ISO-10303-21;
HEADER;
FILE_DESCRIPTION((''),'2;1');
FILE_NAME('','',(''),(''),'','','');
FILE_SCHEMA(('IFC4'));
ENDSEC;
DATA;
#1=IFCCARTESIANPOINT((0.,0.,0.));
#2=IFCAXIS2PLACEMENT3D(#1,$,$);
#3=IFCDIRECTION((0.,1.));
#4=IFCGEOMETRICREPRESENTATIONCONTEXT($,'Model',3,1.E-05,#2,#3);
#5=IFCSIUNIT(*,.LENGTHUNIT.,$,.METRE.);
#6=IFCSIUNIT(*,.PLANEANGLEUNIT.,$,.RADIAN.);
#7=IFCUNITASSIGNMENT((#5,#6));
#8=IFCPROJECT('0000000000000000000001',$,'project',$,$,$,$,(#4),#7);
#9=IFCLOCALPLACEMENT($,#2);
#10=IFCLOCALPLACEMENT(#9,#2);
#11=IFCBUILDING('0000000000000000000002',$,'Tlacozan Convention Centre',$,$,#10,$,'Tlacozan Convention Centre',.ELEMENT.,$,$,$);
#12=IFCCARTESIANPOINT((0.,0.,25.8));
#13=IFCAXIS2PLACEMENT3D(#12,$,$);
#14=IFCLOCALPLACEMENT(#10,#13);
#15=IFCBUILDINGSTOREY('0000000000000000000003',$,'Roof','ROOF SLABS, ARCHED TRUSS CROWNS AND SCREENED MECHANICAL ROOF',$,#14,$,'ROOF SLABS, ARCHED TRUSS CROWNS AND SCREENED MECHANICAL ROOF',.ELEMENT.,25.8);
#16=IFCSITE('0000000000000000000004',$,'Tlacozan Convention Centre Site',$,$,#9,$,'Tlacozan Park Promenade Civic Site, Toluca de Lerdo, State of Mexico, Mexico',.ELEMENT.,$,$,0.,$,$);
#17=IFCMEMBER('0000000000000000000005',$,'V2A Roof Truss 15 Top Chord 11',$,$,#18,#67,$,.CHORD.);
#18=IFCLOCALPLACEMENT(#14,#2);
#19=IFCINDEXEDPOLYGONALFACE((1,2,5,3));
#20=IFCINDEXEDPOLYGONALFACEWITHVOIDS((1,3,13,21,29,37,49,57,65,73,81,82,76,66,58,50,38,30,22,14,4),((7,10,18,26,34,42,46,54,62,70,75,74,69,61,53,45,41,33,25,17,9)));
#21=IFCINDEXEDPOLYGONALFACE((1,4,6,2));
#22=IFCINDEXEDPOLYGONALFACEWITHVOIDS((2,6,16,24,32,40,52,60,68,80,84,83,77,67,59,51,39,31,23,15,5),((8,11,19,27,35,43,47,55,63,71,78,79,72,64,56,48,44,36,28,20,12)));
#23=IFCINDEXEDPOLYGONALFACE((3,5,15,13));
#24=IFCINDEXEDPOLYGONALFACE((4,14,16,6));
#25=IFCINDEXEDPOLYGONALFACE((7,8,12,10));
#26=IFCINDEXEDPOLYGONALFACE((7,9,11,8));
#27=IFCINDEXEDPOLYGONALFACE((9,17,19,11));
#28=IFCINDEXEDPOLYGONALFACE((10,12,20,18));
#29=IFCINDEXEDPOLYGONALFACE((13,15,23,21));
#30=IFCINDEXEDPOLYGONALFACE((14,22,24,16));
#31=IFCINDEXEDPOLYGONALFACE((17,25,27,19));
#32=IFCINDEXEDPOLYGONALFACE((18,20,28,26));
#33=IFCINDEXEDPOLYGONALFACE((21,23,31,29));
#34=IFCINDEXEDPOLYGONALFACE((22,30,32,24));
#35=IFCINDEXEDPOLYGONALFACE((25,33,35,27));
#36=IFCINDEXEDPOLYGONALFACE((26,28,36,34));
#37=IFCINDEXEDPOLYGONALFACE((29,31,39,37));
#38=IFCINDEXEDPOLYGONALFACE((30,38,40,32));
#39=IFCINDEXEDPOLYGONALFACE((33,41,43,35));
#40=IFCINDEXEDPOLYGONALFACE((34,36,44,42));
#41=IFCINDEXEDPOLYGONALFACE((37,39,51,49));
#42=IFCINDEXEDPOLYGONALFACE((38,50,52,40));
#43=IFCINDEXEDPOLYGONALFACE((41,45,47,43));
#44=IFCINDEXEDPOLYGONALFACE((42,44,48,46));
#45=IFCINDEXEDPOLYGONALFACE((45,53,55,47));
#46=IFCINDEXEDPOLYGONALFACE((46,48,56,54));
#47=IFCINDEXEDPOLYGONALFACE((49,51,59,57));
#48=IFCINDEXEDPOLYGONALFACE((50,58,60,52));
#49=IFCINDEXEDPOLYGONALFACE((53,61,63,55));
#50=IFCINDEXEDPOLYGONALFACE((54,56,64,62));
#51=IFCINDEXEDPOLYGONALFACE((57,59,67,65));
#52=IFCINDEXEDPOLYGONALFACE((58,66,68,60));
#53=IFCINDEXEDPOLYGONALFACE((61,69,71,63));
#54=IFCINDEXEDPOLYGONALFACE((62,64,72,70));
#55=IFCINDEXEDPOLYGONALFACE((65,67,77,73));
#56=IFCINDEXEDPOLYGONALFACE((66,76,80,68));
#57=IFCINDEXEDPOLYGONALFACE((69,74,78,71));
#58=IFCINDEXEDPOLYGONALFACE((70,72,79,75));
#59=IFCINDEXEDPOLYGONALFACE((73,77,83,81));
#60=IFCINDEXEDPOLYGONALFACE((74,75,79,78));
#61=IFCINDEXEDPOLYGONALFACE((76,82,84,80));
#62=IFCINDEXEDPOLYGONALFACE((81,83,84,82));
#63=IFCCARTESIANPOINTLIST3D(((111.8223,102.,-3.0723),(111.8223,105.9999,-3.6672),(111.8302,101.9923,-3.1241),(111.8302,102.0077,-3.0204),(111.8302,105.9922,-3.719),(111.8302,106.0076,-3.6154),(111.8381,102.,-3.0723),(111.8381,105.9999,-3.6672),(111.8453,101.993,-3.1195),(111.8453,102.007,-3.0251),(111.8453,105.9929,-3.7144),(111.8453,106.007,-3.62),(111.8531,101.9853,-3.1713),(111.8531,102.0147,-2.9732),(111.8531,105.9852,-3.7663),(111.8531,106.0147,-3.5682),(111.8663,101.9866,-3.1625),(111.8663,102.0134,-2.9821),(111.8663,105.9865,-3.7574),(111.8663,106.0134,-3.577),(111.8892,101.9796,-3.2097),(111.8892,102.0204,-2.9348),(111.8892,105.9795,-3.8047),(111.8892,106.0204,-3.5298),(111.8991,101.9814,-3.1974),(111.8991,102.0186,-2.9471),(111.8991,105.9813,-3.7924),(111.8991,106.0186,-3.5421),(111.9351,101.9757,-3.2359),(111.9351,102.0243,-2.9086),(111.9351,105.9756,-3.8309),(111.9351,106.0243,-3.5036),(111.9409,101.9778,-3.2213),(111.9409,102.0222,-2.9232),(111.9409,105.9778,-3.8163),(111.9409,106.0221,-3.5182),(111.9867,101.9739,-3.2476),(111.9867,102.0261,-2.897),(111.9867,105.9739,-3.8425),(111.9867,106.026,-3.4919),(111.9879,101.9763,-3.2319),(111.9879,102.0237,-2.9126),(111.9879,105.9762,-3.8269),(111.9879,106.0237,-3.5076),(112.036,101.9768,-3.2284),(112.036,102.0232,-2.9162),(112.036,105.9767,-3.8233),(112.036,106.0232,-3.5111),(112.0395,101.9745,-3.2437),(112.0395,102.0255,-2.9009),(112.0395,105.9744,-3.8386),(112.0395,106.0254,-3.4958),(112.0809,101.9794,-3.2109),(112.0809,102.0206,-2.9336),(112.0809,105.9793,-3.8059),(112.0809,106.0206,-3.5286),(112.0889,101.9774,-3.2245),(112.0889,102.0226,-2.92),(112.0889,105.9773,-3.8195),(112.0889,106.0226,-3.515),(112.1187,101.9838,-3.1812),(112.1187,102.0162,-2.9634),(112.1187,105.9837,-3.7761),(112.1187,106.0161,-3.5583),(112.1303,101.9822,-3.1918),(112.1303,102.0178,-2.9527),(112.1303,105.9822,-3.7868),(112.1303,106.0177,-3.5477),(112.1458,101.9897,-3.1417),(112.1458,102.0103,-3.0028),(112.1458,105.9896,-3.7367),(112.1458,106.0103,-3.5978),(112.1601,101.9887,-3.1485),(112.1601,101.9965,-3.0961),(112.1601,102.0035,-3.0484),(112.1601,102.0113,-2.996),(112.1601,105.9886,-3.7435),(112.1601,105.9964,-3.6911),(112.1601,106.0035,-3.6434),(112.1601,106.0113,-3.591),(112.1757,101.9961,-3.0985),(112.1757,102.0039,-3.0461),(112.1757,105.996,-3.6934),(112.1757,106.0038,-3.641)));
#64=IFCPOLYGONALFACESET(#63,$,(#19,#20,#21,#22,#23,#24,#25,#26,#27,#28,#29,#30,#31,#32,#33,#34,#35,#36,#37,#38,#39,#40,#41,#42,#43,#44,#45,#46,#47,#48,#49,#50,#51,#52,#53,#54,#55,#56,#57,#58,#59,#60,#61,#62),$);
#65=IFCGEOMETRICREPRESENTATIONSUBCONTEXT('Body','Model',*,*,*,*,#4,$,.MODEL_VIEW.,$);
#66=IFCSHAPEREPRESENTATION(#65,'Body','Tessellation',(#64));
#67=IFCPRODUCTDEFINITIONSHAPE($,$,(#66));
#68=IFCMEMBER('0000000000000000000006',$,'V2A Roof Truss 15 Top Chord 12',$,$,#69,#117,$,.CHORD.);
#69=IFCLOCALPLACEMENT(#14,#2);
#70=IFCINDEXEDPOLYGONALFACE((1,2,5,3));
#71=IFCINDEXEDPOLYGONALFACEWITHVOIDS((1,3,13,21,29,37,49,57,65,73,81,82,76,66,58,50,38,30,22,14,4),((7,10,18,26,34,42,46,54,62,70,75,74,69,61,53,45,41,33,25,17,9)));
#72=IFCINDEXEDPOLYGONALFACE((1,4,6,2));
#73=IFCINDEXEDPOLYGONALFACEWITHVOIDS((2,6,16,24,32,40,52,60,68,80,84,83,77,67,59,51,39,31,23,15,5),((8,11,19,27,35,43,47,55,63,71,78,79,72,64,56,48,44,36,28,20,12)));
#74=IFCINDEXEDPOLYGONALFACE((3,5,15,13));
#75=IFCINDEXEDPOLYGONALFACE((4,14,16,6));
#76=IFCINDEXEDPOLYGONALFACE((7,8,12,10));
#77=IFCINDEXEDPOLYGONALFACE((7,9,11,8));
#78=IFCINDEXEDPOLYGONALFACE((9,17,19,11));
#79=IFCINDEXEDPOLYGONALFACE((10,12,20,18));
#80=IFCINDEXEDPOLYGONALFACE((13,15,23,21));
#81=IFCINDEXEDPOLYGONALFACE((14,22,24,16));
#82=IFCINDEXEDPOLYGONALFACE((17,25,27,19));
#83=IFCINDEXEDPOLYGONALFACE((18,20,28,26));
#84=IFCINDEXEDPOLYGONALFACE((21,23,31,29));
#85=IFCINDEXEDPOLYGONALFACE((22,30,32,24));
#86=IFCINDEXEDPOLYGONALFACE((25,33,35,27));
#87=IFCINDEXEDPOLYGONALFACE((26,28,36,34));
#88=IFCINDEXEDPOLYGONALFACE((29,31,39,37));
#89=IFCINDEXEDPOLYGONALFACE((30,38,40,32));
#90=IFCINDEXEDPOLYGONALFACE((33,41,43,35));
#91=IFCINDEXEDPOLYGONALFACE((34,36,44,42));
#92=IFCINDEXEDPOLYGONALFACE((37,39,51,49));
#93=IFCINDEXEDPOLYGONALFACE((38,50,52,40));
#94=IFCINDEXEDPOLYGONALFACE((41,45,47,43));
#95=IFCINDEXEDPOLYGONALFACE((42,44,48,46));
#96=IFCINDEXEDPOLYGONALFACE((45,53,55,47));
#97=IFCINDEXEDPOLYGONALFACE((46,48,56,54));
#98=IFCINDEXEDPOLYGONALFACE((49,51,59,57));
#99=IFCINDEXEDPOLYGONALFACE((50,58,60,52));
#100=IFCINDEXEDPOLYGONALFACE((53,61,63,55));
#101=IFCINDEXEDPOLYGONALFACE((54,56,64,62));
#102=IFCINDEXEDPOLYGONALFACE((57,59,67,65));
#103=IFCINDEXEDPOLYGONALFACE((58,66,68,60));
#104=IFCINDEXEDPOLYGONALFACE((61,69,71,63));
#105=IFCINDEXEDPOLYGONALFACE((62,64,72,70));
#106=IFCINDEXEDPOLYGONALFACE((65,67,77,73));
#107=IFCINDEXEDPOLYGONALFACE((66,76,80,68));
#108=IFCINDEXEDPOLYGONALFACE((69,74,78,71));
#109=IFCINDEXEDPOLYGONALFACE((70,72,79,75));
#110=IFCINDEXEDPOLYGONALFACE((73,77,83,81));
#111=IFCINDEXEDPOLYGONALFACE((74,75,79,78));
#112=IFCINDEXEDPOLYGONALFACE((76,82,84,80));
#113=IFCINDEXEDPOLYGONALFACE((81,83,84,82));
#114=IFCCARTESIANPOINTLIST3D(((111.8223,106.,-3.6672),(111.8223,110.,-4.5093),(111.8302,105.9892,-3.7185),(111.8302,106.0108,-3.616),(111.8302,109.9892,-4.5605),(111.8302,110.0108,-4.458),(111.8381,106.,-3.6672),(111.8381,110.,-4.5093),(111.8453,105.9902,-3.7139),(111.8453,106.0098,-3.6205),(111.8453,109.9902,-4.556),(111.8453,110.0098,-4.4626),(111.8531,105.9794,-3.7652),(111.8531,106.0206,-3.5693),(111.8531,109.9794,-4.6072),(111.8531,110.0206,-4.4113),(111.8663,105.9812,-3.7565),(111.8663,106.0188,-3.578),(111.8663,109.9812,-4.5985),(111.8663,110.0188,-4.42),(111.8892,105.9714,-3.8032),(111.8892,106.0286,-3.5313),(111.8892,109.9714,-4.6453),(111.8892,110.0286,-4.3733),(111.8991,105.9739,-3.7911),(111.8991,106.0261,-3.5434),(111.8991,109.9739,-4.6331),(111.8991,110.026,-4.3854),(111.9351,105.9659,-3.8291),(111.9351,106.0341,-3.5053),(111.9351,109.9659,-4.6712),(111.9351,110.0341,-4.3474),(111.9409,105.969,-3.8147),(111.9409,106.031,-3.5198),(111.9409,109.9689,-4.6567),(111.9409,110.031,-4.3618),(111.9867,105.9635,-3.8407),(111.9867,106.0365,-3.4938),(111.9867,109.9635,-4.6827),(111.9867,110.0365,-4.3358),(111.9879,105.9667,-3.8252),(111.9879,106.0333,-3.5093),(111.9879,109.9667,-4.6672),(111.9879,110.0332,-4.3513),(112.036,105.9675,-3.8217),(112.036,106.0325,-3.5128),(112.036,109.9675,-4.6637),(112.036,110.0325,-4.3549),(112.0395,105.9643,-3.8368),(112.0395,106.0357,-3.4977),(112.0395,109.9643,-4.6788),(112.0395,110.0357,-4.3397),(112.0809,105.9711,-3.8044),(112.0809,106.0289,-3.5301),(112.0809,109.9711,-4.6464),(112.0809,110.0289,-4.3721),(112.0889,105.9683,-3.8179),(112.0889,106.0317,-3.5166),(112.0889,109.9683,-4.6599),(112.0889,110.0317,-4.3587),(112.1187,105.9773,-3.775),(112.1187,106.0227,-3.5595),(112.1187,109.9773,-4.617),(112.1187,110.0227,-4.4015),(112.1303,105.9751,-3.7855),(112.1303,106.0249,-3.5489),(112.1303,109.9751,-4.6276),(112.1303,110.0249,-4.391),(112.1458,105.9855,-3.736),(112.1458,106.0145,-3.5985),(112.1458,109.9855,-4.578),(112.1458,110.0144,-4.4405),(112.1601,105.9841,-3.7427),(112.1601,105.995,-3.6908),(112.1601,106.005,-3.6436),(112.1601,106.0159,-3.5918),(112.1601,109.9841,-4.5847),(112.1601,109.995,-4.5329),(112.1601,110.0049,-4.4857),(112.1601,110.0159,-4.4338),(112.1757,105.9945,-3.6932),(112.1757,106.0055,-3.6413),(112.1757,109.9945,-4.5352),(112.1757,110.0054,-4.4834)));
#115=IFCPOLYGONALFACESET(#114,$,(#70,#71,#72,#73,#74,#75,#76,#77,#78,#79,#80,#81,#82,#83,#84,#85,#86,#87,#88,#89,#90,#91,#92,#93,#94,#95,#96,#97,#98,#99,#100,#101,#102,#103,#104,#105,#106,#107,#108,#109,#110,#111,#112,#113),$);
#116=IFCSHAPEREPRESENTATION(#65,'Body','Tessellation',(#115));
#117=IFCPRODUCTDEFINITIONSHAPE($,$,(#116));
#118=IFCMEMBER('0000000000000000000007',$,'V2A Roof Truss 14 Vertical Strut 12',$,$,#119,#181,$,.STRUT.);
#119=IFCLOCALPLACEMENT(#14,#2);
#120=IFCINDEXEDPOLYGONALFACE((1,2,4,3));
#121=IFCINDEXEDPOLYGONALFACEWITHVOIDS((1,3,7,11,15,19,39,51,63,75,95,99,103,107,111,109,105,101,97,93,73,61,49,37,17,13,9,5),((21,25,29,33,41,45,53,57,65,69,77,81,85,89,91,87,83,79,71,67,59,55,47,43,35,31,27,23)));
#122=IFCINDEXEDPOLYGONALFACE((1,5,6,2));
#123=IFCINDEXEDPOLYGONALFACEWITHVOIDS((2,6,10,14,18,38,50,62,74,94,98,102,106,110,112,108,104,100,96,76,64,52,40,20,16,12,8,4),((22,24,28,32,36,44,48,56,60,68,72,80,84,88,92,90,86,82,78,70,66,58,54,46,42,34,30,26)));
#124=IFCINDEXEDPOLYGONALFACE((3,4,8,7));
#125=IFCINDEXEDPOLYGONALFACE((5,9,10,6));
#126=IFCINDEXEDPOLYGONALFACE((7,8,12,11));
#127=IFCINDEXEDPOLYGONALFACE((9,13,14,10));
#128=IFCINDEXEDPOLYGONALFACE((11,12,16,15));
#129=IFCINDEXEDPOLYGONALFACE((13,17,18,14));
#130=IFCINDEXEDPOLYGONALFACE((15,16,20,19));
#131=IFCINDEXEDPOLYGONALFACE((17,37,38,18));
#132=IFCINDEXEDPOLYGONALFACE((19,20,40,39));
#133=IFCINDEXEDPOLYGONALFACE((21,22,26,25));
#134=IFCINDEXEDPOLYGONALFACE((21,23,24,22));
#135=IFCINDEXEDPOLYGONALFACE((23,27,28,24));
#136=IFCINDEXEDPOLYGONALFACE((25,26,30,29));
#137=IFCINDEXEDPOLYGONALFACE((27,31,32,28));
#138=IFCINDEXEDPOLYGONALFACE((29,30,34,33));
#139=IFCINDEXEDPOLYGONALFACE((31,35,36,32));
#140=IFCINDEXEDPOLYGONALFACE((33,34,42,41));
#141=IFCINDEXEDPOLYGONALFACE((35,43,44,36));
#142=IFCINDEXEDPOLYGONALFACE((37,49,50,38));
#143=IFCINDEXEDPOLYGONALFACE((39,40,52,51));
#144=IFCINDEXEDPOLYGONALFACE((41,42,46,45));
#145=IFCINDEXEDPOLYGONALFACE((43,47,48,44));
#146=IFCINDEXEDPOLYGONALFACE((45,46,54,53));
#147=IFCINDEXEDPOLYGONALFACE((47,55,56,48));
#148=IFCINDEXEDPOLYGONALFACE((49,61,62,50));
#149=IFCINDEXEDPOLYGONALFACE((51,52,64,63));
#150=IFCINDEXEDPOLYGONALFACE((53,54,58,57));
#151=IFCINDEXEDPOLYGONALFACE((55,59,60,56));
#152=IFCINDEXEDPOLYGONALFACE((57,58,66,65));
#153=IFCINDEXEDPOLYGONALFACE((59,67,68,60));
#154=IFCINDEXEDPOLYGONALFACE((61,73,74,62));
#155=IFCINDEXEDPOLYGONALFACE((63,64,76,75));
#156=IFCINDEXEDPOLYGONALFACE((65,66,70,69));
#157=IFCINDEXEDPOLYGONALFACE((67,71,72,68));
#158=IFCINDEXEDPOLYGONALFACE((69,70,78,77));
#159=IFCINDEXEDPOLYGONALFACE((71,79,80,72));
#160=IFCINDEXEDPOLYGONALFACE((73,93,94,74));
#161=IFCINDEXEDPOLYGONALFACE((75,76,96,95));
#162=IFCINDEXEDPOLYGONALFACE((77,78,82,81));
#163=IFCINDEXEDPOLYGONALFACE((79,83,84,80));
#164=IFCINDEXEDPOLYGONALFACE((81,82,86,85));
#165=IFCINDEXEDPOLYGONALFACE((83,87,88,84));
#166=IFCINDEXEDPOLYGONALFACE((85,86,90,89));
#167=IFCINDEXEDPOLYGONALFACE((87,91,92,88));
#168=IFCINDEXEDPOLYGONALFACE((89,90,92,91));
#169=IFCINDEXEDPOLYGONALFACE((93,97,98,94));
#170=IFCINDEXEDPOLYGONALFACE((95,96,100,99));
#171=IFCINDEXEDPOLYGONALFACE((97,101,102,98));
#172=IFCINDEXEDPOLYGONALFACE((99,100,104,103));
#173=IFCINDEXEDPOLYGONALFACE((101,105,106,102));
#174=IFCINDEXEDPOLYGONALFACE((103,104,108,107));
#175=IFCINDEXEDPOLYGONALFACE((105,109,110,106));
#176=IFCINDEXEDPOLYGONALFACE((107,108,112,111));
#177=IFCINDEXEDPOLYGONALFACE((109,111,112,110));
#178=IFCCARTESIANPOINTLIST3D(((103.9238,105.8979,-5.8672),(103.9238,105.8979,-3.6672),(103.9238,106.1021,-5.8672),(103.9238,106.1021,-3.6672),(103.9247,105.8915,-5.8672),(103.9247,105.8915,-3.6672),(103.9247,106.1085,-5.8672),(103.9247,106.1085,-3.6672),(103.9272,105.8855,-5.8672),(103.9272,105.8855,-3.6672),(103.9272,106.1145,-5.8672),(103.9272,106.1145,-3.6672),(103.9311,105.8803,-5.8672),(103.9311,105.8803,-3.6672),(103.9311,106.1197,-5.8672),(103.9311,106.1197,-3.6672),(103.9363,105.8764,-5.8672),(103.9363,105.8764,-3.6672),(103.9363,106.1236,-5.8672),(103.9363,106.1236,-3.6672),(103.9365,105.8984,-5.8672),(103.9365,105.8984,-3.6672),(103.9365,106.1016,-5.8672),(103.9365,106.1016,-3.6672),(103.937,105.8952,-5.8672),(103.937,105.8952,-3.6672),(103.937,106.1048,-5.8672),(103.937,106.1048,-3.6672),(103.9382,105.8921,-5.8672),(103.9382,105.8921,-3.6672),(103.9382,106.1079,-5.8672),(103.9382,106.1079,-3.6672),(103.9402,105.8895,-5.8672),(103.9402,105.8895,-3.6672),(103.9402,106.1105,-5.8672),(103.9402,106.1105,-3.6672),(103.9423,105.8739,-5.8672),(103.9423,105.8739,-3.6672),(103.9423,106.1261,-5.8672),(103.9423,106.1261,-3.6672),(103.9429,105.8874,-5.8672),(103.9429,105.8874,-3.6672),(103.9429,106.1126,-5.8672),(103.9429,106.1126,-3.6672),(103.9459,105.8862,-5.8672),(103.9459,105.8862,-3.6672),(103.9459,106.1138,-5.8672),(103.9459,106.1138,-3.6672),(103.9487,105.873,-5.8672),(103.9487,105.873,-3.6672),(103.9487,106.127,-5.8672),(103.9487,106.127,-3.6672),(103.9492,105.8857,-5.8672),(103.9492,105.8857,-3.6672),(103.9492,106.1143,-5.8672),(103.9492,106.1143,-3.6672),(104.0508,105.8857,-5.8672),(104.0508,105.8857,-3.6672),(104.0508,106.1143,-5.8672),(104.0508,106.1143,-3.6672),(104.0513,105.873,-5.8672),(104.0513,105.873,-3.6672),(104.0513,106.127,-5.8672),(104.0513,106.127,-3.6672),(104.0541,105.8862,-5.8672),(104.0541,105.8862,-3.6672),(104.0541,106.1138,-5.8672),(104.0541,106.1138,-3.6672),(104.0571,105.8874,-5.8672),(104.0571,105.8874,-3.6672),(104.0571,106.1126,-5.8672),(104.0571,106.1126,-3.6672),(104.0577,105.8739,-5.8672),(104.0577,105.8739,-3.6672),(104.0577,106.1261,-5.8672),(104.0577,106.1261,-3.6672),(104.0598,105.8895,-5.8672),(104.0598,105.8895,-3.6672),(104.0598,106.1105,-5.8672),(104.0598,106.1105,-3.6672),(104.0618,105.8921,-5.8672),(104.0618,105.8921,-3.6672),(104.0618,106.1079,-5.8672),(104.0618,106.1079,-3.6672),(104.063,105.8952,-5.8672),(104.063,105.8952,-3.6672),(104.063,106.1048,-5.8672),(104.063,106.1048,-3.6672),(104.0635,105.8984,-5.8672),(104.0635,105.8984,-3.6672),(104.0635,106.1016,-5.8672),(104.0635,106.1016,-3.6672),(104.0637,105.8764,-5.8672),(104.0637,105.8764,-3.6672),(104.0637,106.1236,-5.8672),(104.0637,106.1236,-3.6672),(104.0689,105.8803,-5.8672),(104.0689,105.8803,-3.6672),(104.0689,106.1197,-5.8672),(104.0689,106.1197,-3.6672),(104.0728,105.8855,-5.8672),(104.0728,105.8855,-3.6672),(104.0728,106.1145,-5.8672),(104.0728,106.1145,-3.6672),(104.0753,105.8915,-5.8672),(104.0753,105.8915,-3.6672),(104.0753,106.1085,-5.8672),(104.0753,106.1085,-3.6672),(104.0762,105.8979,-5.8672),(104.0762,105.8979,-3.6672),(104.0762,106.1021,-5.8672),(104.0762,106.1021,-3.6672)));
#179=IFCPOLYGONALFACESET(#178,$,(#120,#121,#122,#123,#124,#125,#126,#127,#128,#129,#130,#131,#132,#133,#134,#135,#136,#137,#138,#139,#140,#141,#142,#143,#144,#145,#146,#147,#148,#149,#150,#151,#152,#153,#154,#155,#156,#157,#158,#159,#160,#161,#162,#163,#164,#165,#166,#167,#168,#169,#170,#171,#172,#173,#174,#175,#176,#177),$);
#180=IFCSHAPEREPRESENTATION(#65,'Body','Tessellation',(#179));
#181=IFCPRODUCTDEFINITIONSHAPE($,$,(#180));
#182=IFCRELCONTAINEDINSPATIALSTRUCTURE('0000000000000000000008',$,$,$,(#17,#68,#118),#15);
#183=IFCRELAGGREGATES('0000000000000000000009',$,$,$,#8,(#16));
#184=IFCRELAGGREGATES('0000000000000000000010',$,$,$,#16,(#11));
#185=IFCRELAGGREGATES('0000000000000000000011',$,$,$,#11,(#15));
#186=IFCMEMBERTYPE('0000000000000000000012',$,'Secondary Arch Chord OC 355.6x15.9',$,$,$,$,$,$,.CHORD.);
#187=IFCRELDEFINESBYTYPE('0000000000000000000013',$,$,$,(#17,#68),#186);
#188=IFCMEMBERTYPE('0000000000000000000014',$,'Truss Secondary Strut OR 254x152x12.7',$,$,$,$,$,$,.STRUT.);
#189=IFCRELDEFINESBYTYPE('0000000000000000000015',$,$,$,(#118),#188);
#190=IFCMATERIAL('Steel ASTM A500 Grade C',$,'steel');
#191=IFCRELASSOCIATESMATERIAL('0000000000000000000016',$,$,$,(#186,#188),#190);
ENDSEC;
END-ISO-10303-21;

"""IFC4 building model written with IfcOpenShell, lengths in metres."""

from ifc_helpers import new_model, si_unit, direction, frame, origin, origin_2d, place, context, subcontext, project, spatial, hollow_rectangle, hollow_circle, extrude, material, material_profile, profile_set, type_object, element, save


model = new_model("IFC4")

# Units and contexts
model_context = context("Model", 3, precision=1e-05, world=origin(), true_north=direction((0.0, 1.0)))
body_context = subcontext(model_context, "Body", "Model", "MODEL_VIEW")
ifc_project = project(units=[si_unit("LENGTHUNIT", "METRE"), si_unit("PLANEANGLEUNIT", "RADIAN")], contexts=[model_context])

# Site, building, storey
site_placement = place(None, origin())
site = spatial("IfcSite", under=ifc_project, at=site_placement, Name="Tlacozan Convention Centre Site", LongName="Tlacozan Park Promenade Civic Site, Toluca de Lerdo, State of Mexico, Mexico", CompositionType="ELEMENT", RefElevation=0.0)
building_placement = place(site_placement, origin())
building = spatial("IfcBuilding", under=site, at=building_placement, Name="Tlacozan Convention Centre", LongName="Tlacozan Convention Centre", CompositionType="ELEMENT")
storey_placement = place(building_placement, frame((0.0, 0.0, 25.8)))
storey = spatial("IfcBuildingStorey", under=building, at=storey_placement, Name="Roof", Description="ROOF SLABS, ARCHED TRUSS CROWNS AND SCREENED MECHANICAL ROOF", LongName="ROOF SLABS, ARCHED TRUSS CROWNS AND SCREENED MECHANICAL ROOF", CompositionType="ELEMENT", Elevation=25.8)

# Members
ifc_material_1 = material(Name="Steel ASTM A500 Grade C", Category="steel")
ifc_material_profile_1 = material_profile(ifc_material_1, hollow_circle(Radius=0.1777, WallThickness=0.0159, at=origin_2d()), Name="OC 355.6x15.9")
ifc_profile_set_1 = profile_set([ifc_material_profile_1], Name="Steel ASTM A500 Grade C")
member_type_1 = type_object("IfcMemberType", Name="Secondary Arch Chord OC 355.6x15.9", PredefinedType="CHORD", material=ifc_profile_set_1)
member_1_placement = place(storey_placement, frame((112.0, 102.0, -3.0723), z_axis=(0.0, 0.989118, -0.147124), x_axis=(-1.0, 0.0, 0.0)))
element("IfcMember", 1, at=member_1_placement, inside=storey, type_object=member_type_1, Name="V2A Roof Truss 15 Top Chord 11", PredefinedType="CHORD", context=body_context, shape_type="SweptSolid", body=[
    extrude(hollow_circle(Radius=0.1777, WallThickness=0.0159, at=origin_2d()), origin(), (0.0, 0.0, 1.0), 4.0439),
])
member_2_placement = place(storey_placement, frame((112.0, 106.0, -3.6672), z_axis=(0.0, 0.978553, -0.205995), x_axis=(-1.0, 0.0, 0.0)))
element("IfcMember", 2, at=member_2_placement, inside=storey, type_object=member_type_1, Name="V2A Roof Truss 15 Top Chord 12", PredefinedType="CHORD", context=body_context, shape_type="SweptSolid", body=[
    extrude(hollow_circle(Radius=0.1777, WallThickness=0.0159, at=origin_2d()), origin(), (0.0, 0.0, 1.0), 4.0876),
])
ifc_material_profile_2 = material_profile(ifc_material_1, hollow_rectangle(XDim=0.1523, YDim=0.2539, WallThickness=0.0127, InnerFilletRadius=0.0127, OuterFilletRadius=0.0249, at=origin_2d()), Name="OR 254x152x12.7")
ifc_profile_set_2 = profile_set([ifc_material_profile_2], Name="Steel ASTM A500 Grade C")
member_type_2 = type_object("IfcMemberType", Name="Truss Secondary Strut OR 254x152x12.7", PredefinedType="STRUT", material=ifc_profile_set_2)
for number, where, z_axis, x_axis, name in (
    (3, (104.0, 106.0, -5.8672), (0.0, 0.0, 1.0), (1.0, 0.0, 0.0), "V2A Roof Truss 14 Vertical Strut 12"),
):
    element("IfcMember", number, at=place(storey_placement, frame(where, z_axis=z_axis, x_axis=x_axis)), inside=storey, type_object=member_type_2, Name=name, PredefinedType="STRUT", context=body_context, shape_type="SweptSolid", body=[
        extrude(hollow_rectangle(XDim=0.1523, YDim=0.2539, WallThickness=0.0127, InnerFilletRadius=0.0127, OuterFilletRadius=0.0249, at=origin_2d()), origin(), (0.0, 0.0, 1.0), 2.2),
    ])

save(model, "model.ifc")
